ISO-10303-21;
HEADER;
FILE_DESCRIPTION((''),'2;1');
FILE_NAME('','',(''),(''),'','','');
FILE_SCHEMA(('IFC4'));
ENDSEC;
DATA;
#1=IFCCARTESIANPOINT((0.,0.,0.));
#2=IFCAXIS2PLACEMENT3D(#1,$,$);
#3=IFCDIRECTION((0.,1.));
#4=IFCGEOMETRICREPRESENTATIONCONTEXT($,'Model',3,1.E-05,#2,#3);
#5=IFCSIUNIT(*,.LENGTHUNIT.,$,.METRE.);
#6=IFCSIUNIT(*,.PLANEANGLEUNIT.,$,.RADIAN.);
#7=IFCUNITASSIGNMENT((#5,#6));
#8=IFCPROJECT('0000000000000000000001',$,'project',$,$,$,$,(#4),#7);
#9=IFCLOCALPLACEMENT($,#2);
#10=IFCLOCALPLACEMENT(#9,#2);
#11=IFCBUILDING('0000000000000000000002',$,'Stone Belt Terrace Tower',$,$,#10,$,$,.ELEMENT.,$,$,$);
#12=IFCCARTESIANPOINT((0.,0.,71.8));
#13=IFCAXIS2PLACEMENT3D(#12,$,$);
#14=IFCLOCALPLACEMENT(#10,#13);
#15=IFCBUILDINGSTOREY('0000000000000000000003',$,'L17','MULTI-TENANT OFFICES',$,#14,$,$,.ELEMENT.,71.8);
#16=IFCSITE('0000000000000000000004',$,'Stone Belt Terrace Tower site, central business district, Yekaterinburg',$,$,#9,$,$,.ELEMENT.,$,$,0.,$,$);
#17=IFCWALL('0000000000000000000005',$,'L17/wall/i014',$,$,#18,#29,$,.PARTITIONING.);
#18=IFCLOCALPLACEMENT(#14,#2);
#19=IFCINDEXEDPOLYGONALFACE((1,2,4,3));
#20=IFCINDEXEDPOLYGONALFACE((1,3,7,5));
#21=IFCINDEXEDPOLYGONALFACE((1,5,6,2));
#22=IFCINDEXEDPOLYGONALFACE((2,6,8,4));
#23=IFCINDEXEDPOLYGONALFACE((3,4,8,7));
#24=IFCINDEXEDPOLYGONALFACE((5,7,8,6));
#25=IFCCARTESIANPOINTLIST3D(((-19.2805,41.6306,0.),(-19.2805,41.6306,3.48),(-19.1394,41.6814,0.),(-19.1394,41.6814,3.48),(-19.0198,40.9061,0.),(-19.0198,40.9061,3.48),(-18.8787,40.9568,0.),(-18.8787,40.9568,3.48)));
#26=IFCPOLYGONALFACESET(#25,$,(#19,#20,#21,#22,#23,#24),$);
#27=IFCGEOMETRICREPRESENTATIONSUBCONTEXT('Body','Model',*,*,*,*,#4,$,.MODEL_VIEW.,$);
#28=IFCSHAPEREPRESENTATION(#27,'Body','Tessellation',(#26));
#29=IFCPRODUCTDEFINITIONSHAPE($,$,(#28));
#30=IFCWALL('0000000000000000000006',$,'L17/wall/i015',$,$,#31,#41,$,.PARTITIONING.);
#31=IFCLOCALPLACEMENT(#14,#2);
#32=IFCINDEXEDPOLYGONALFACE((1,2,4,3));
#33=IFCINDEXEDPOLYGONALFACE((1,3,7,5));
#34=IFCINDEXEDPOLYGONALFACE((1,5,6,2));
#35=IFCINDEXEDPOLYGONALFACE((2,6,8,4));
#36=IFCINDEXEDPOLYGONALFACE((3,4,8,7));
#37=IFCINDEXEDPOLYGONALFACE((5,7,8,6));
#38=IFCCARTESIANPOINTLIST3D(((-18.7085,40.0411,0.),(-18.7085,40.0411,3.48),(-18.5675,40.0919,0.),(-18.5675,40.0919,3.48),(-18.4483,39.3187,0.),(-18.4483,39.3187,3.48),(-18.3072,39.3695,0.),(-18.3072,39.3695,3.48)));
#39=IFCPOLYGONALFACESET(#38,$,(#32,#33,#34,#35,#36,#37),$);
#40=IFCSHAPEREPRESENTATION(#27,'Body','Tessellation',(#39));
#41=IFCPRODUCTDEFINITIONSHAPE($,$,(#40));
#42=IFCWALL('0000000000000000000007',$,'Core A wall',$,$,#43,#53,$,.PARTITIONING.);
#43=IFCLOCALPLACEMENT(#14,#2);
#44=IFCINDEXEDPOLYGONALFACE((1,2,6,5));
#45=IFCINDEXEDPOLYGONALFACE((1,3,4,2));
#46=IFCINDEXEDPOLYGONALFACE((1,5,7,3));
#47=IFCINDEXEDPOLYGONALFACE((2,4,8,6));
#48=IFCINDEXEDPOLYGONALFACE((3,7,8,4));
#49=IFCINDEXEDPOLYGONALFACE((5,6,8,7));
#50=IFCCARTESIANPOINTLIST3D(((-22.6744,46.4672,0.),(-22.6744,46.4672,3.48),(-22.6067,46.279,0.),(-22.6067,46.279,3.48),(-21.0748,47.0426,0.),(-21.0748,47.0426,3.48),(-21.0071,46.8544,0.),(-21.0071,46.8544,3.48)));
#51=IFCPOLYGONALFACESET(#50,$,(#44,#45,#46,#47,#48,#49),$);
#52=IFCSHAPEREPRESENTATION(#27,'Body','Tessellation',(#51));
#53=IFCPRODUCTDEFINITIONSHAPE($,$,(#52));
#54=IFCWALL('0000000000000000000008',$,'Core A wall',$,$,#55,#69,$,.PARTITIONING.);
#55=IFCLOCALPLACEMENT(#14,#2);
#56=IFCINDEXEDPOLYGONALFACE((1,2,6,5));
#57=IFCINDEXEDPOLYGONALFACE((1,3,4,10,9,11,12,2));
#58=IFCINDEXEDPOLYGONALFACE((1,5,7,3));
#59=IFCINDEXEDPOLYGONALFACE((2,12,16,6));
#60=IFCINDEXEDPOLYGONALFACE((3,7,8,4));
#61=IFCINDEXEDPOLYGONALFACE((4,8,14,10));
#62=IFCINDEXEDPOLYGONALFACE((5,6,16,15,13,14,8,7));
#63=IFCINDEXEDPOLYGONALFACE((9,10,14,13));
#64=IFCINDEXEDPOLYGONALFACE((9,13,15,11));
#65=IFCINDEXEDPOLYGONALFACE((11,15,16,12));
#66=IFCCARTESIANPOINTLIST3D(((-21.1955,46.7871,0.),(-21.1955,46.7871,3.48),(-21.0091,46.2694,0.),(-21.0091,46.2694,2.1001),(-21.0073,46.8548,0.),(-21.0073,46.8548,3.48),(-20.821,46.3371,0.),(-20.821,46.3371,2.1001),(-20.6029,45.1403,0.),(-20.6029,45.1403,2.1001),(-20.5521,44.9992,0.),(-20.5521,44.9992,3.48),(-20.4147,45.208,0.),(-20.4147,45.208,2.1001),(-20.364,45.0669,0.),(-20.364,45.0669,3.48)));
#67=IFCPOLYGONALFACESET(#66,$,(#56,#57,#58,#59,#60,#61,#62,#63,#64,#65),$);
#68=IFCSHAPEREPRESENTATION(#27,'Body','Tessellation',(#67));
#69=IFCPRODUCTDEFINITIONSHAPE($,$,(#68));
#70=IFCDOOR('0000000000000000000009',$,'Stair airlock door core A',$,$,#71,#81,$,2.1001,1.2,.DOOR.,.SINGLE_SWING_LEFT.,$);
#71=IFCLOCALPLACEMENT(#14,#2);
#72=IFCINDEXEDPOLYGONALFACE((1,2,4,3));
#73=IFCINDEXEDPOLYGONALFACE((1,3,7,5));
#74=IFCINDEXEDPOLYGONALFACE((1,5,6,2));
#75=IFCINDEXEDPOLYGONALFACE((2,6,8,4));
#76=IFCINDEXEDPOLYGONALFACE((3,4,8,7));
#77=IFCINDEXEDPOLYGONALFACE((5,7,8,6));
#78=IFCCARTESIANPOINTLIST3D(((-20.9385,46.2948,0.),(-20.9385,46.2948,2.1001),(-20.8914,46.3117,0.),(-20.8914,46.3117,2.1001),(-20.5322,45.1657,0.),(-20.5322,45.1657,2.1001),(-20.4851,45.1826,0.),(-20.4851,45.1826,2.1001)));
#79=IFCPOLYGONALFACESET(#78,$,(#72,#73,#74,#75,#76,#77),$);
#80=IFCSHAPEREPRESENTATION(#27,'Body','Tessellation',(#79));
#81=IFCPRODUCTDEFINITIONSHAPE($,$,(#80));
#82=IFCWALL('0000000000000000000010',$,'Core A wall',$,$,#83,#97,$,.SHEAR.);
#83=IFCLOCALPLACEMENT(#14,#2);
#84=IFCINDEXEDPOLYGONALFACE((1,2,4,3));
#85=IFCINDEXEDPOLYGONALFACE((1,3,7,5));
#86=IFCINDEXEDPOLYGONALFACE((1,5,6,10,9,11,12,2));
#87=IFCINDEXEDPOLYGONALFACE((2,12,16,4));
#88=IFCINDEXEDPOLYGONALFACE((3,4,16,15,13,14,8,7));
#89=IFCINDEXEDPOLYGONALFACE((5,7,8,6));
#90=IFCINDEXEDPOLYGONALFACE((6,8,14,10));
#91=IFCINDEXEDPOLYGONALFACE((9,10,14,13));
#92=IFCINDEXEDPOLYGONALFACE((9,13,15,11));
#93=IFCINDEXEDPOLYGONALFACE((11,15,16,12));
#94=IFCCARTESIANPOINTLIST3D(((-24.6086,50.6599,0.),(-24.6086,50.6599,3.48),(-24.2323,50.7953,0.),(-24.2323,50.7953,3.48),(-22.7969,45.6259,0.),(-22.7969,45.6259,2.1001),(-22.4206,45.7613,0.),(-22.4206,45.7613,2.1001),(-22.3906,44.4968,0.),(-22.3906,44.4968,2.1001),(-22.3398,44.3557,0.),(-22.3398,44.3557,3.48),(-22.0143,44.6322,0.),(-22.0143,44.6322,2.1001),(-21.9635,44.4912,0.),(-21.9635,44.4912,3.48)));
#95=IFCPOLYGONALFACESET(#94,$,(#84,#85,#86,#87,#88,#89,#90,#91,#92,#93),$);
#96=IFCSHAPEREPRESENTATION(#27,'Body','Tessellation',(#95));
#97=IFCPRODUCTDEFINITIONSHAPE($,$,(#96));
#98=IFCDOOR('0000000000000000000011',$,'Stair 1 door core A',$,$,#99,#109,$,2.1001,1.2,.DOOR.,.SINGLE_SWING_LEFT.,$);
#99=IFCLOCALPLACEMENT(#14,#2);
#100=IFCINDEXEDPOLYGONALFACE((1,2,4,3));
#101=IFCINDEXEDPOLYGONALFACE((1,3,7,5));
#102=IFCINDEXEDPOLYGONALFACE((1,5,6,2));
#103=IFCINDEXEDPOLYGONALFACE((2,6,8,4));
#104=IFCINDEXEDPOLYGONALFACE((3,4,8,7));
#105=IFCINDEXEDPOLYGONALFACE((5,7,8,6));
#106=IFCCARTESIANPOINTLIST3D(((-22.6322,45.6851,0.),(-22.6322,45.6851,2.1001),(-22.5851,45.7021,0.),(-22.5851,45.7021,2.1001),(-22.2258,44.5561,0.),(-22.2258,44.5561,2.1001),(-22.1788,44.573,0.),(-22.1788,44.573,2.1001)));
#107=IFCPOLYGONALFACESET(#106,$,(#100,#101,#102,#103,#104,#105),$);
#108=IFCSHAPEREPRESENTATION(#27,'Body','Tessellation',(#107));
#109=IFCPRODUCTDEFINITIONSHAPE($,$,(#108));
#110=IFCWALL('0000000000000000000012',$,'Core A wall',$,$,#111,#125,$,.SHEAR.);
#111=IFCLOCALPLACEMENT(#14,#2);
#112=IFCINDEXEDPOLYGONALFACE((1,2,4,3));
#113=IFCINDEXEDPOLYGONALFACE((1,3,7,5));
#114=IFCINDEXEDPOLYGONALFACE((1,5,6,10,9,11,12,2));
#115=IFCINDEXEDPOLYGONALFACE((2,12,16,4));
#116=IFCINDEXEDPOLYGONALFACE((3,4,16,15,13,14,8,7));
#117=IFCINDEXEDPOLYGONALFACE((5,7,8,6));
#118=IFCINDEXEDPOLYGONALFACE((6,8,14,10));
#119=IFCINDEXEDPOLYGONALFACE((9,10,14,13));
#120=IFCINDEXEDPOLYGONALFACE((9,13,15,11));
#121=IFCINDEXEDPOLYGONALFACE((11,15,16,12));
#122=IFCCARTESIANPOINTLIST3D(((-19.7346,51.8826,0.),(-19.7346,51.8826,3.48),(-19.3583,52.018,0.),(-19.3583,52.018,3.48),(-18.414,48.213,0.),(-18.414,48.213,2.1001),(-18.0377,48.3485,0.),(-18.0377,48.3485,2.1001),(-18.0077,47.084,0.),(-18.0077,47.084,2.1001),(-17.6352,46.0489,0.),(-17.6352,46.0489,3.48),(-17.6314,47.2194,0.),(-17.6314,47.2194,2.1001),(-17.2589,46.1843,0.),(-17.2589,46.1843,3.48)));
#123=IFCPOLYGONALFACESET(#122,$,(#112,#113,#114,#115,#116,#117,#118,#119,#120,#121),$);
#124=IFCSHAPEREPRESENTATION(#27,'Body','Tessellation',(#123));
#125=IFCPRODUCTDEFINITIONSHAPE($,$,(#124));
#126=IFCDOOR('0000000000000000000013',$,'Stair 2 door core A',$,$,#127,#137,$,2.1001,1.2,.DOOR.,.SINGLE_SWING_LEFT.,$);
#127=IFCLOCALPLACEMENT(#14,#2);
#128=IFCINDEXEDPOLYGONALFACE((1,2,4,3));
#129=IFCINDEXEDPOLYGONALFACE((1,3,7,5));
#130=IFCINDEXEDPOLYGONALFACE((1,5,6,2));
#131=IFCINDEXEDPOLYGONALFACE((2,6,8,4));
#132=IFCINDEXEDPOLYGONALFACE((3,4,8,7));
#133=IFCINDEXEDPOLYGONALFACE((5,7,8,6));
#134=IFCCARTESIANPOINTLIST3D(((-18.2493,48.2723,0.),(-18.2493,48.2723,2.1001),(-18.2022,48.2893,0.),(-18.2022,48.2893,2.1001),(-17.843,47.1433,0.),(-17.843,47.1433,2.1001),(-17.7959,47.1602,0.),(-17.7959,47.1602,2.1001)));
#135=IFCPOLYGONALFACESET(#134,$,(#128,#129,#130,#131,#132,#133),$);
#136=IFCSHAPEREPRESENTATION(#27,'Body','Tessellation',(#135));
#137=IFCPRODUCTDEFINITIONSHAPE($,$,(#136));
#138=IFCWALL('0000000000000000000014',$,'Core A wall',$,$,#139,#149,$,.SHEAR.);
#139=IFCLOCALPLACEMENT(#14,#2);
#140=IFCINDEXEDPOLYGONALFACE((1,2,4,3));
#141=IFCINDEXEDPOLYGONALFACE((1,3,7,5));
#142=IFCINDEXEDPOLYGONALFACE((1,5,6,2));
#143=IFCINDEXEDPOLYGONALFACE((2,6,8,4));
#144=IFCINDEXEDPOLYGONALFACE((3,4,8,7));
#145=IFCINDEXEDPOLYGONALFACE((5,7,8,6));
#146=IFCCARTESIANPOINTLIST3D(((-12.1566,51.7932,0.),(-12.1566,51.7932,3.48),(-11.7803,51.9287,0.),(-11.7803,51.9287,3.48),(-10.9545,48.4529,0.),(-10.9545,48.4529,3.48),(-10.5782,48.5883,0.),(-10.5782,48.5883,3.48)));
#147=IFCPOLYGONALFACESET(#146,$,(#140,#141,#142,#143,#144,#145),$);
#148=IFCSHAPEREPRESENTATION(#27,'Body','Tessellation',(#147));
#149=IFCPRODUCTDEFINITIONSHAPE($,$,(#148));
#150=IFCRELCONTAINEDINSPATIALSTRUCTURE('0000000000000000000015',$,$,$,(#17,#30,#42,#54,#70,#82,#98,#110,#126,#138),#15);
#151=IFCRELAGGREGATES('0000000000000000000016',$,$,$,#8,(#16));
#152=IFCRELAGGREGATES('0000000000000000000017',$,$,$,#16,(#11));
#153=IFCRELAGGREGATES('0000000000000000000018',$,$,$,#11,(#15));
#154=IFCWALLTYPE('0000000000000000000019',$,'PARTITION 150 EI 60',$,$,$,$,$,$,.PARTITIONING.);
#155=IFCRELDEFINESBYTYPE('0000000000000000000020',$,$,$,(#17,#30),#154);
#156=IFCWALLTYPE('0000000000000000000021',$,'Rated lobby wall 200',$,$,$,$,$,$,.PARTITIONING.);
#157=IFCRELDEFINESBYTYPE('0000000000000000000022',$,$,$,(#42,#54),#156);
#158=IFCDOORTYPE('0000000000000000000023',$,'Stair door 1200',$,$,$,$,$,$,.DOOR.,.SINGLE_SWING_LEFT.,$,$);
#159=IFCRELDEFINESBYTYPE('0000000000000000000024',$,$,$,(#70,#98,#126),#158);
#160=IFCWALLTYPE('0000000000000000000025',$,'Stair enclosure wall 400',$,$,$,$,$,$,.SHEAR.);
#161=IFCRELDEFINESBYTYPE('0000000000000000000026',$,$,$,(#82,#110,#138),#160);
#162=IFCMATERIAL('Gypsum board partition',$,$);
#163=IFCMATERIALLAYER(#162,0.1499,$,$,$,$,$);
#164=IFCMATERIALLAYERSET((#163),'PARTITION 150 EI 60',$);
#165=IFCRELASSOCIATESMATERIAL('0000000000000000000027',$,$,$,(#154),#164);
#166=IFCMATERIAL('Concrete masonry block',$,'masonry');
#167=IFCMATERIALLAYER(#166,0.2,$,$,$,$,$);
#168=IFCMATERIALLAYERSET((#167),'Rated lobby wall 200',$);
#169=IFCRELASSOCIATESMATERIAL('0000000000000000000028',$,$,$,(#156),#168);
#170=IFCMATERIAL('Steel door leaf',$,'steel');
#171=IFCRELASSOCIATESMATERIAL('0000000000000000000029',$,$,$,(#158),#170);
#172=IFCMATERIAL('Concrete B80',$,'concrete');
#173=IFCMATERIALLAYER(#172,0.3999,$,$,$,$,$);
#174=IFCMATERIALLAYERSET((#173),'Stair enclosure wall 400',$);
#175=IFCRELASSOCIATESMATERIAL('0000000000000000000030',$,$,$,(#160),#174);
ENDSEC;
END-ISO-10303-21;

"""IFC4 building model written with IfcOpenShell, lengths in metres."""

from ifc_helpers import new_model, si_unit, direction, frame, frame_2d, origin, place, context, subcontext, project, spatial, rectangle, extrude, material, layer, layer_set, type_object, element, fill, save


model = new_model("IFC4")

# Units and contexts
model_context = context("Model", 3, precision=1e-05, world=origin(), true_north=direction((0.0, 1.0)))
body_context = subcontext(model_context, "Body", "Model", "MODEL_VIEW")
ifc_project = project(units=[si_unit("LENGTHUNIT", "METRE"), si_unit("PLANEANGLEUNIT", "RADIAN")], contexts=[model_context])

# Site, building, storey
site_placement = place(None, origin())
site = spatial("IfcSite", under=ifc_project, at=site_placement, Name="Stone Belt Terrace Tower site, central business district, Yekaterinburg", CompositionType="ELEMENT", RefElevation=0.0)
building_placement = place(site_placement, origin())
building = spatial("IfcBuilding", under=site, at=building_placement, Name="Stone Belt Terrace Tower", CompositionType="ELEMENT")
storey_placement = place(building_placement, frame((0.0, 0.0, 71.8)))
storey = spatial("IfcBuildingStorey", under=building, at=storey_placement, Name="L17", Description="MULTI-TENANT OFFICES", CompositionType="ELEMENT", Elevation=71.8)

# Shared definitions
ifc_material_1 = material(Name="Concrete B80", Category="concrete")

# Shared definitions
ifc_material_2 = material(Name="Gypsum board partition")
ifc_layer_1 = layer(ifc_material_2, 0.1499)
ifc_layer_set_1 = layer_set([ifc_layer_1], Name="PARTITION 150 EI 60")
wall_type_1 = type_object("IfcWallType", Name="PARTITION 150 EI 60", PredefinedType="PARTITIONING", material=ifc_layer_set_1)

# Walls
wall_1_placement = place(storey_placement, frame((-19.21, 41.656, 0.0), z_axis=(0.0, 0.0, 1.0), x_axis=(0.338585, -0.940936, 0.0)))
element("IfcWall", 1, at=wall_1_placement, inside=storey, type_object=wall_type_1, Name="L17/wall/i014", PredefinedType="PARTITIONING", context=body_context, shape_type="SweptSolid", body=[
    extrude(rectangle(XDim=0.77, YDim=0.1499, at=frame_2d((0.385, 0.0))), origin(), (0.0, 0.0, 1.0), 3.48),
])
wall_2_placement = place(storey_placement, frame((-18.6379, 40.0664, 0.0), z_axis=(0.0, 0.0, 1.0), x_axis=(0.338933, -0.94081, 0.0)))
element("IfcWall", 2, at=wall_2_placement, inside=storey, type_object=wall_type_1, Name="L17/wall/i015", PredefinedType="PARTITIONING", context=body_context, shape_type="SweptSolid", body=[
    extrude(rectangle(XDim=0.7678, YDim=0.1499, at=frame_2d((0.3838, 0.0))), origin(), (0.0, 0.0, 1.0), 3.48),
])
ifc_material_3 = material(Name="Concrete masonry block", Category="masonry")
ifc_layer_2 = layer(ifc_material_3, 0.2)
ifc_layer_set_2 = layer_set([ifc_layer_2], Name="Rated lobby wall 200")
wall_type_2 = type_object("IfcWallType", Name="Rated lobby wall 200", PredefinedType="PARTITIONING", material=ifc_layer_set_2)
wall_3_placement = place(storey_placement, frame((-22.6406, 46.373, 0.0), z_axis=(0.0, 0.0, 1.0), x_axis=(0.940966, 0.338501, 0.0)))
element("IfcWall", 3, at=wall_3_placement, inside=storey, type_object=wall_type_2, Name="Core A wall", PredefinedType="PARTITIONING", context=body_context, shape_type="SweptSolid", body=[
    extrude(rectangle(XDim=1.7, YDim=0.2, at=frame_2d((0.8501, 0.0))), origin(), (0.0, 0.0, 1.0), 3.48),
])

# Walls, openings, doors
wall_4_placement = place(storey_placement, frame((-20.458, 45.033, 0.0), z_axis=(0.0, 0.0, 1.0), x_axis=(-0.338574, 0.94094, 0.0)))
wall_4 = element("IfcWall", 4, at=wall_4_placement, inside=storey, type_object=wall_type_2, Name="Core A wall", PredefinedType="PARTITIONING", context=body_context, shape_type="SweptSolid", body=[
    extrude(rectangle(XDim=1.9001, YDim=0.2, at=frame_2d((0.9502, 0.0))), origin(), (0.0, 0.0, 1.0), 3.48),
])
opening_1_placement = place(wall_4_placement, frame((0.1499, 0.0, 0.0)))
opening_1 = element("IfcOpeningElement", 5, at=opening_1_placement, cuts=wall_4, PredefinedType="OPENING", context=body_context, shape_type="SweptSolid", body=[
    extrude(rectangle(XDim=1.2, YDim=2.1001, at=frame_2d((0.6001, 1.05))), frame((0.0, 0.1099, 0.0), z_axis=(0.0, -1.0, 0.0), x_axis=(1.0, 0.0, 0.0)), (0.0, 0.0, 1.0), 0.22),
])
ifc_material_4 = material(Name="Steel door leaf", Category="steel")
door_type_1 = type_object("IfcDoorType", Name="Stair door 1200", OperationType="SINGLE_SWING_LEFT", PredefinedType="DOOR", material=ifc_material_4)
door_1_placement = place(opening_1_placement, origin())
door_1 = element("IfcDoor", 6, at=door_1_placement, inside=storey, type_object=door_type_1, Name="Stair airlock door core A", OperationType="SINGLE_SWING_LEFT", OverallHeight=2.1001, OverallWidth=1.2, PredefinedType="DOOR", context=body_context, shape_type="SweptSolid", body=[
    extrude(rectangle(XDim=1.2, YDim=2.1001, at=frame_2d((0.6001, 1.05))), frame((0.0, 0.0249, 0.0), z_axis=(0.0, -1.0, 0.0), x_axis=(1.0, 0.0, 0.0)), (0.0, 0.0, 1.0), 0.05),
])
fill(opening_1, door_1)
ifc_layer_3 = layer(ifc_material_1, 0.3999)
ifc_layer_set_3 = layer_set([ifc_layer_3], Name="Stair enclosure wall 400")
wall_type_3 = type_object("IfcWallType", Name="Stair enclosure wall 400", PredefinedType="SHEAR", material=ifc_layer_set_3)
wall_5_placement = place(storey_placement, frame((-22.1516, 44.4233, 0.0), z_axis=(0.0, 0.0, 1.0), x_axis=(-0.338625, 0.940921, 0.0)))
wall_5 = element("IfcWall", 7, at=wall_5_placement, inside=storey, type_object=wall_type_3, Name="Core A wall", PredefinedType="SHEAR", context=body_context, shape_type="SweptSolid", body=[
    extrude(rectangle(XDim=6.7, YDim=0.3999, at=frame_2d((3.3501, 0.0))), origin(), (0.0, 0.0, 1.0), 3.48),
])
opening_2_placement = place(wall_5_placement, frame((0.1499, 0.0, 0.0)))
opening_2 = element("IfcOpeningElement", 8, at=opening_2_placement, cuts=wall_5, PredefinedType="OPENING", context=body_context, shape_type="SweptSolid", body=[
    extrude(rectangle(XDim=1.2, YDim=2.1001, at=frame_2d((0.6001, 1.05))), frame((0.0, 0.21, 0.0), z_axis=(0.0, -1.0, 0.0), x_axis=(1.0, 0.0, 0.0)), (0.0, 0.0, 1.0), 0.4199),
])
door_2_placement = place(opening_2_placement, origin())
door_2 = element("IfcDoor", 9, at=door_2_placement, inside=storey, type_object=door_type_1, Name="Stair 1 door core A", OperationType="SINGLE_SWING_LEFT", OverallHeight=2.1001, OverallWidth=1.2, PredefinedType="DOOR", context=body_context, shape_type="SweptSolid", body=[
    extrude(rectangle(XDim=1.2, YDim=2.1001, at=frame_2d((0.6001, 1.05))), frame((0.0, 0.0249, 0.0), z_axis=(0.0, -1.0, 0.0), x_axis=(1.0, 0.0, 0.0)), (0.0, 0.0, 1.0), 0.05),
])
fill(opening_2, door_2)
wall_6_placement = place(storey_placement, frame((-17.447, 46.1165, 0.0), z_axis=(0.0, 0.0, 1.0), x_axis=(-0.338608, 0.940928, 0.0)))
wall_6 = element("IfcWall", 10, at=wall_6_placement, inside=storey, type_object=wall_type_3, Name="Core A wall", PredefinedType="SHEAR", context=body_context, shape_type="SweptSolid", body=[
    extrude(rectangle(XDim=6.2, YDim=0.3999, at=frame_2d((3.1001, 0.0))), origin(), (0.0, 0.0, 1.0), 3.48),
])
opening_3_placement = place(wall_6_placement, frame((1.1001, 0.0, 0.0)))
opening_3 = element("IfcOpeningElement", 11, at=opening_3_placement, cuts=wall_6, PredefinedType="OPENING", context=body_context, shape_type="SweptSolid", body=[
    extrude(rectangle(XDim=1.2, YDim=2.1001, at=frame_2d((0.6001, 1.05))), frame((0.0, 0.21, 0.0), z_axis=(0.0, -1.0, 0.0), x_axis=(1.0, 0.0, 0.0)), (0.0, 0.0, 1.0), 0.4199),
])
door_3_placement = place(opening_3_placement, origin())
door_3 = element("IfcDoor", 12, at=door_3_placement, inside=storey, type_object=door_type_1, Name="Stair 2 door core A", OperationType="SINGLE_SWING_LEFT", OverallHeight=2.1001, OverallWidth=1.2, PredefinedType="DOOR", context=body_context, shape_type="SweptSolid", body=[
    extrude(rectangle(XDim=1.2, YDim=2.1001, at=frame_2d((0.6001, 1.05))), frame((0.0, 0.0249, 0.0), z_axis=(0.0, -1.0, 0.0), x_axis=(1.0, 0.0, 0.0)), (0.0, 0.0, 1.0), 0.05),
])
fill(opening_3, door_3)

# Wall
wall_7_placement = place(storey_placement, frame((-10.7664, 48.5208, 0.0), z_axis=(0.0, 0.0, 1.0), x_axis=(-0.338627, 0.940921, 0.0)))
element("IfcWall", 13, at=wall_7_placement, inside=storey, type_object=wall_type_3, Name="Core A wall", PredefinedType="SHEAR", context=body_context, shape_type="SweptSolid", body=[
    extrude(rectangle(XDim=3.55, YDim=0.3999, at=frame_2d((1.7749, 0.0))), origin(), (0.0, 0.0, 1.0), 3.48),
])

save(model, "model.ifc")
